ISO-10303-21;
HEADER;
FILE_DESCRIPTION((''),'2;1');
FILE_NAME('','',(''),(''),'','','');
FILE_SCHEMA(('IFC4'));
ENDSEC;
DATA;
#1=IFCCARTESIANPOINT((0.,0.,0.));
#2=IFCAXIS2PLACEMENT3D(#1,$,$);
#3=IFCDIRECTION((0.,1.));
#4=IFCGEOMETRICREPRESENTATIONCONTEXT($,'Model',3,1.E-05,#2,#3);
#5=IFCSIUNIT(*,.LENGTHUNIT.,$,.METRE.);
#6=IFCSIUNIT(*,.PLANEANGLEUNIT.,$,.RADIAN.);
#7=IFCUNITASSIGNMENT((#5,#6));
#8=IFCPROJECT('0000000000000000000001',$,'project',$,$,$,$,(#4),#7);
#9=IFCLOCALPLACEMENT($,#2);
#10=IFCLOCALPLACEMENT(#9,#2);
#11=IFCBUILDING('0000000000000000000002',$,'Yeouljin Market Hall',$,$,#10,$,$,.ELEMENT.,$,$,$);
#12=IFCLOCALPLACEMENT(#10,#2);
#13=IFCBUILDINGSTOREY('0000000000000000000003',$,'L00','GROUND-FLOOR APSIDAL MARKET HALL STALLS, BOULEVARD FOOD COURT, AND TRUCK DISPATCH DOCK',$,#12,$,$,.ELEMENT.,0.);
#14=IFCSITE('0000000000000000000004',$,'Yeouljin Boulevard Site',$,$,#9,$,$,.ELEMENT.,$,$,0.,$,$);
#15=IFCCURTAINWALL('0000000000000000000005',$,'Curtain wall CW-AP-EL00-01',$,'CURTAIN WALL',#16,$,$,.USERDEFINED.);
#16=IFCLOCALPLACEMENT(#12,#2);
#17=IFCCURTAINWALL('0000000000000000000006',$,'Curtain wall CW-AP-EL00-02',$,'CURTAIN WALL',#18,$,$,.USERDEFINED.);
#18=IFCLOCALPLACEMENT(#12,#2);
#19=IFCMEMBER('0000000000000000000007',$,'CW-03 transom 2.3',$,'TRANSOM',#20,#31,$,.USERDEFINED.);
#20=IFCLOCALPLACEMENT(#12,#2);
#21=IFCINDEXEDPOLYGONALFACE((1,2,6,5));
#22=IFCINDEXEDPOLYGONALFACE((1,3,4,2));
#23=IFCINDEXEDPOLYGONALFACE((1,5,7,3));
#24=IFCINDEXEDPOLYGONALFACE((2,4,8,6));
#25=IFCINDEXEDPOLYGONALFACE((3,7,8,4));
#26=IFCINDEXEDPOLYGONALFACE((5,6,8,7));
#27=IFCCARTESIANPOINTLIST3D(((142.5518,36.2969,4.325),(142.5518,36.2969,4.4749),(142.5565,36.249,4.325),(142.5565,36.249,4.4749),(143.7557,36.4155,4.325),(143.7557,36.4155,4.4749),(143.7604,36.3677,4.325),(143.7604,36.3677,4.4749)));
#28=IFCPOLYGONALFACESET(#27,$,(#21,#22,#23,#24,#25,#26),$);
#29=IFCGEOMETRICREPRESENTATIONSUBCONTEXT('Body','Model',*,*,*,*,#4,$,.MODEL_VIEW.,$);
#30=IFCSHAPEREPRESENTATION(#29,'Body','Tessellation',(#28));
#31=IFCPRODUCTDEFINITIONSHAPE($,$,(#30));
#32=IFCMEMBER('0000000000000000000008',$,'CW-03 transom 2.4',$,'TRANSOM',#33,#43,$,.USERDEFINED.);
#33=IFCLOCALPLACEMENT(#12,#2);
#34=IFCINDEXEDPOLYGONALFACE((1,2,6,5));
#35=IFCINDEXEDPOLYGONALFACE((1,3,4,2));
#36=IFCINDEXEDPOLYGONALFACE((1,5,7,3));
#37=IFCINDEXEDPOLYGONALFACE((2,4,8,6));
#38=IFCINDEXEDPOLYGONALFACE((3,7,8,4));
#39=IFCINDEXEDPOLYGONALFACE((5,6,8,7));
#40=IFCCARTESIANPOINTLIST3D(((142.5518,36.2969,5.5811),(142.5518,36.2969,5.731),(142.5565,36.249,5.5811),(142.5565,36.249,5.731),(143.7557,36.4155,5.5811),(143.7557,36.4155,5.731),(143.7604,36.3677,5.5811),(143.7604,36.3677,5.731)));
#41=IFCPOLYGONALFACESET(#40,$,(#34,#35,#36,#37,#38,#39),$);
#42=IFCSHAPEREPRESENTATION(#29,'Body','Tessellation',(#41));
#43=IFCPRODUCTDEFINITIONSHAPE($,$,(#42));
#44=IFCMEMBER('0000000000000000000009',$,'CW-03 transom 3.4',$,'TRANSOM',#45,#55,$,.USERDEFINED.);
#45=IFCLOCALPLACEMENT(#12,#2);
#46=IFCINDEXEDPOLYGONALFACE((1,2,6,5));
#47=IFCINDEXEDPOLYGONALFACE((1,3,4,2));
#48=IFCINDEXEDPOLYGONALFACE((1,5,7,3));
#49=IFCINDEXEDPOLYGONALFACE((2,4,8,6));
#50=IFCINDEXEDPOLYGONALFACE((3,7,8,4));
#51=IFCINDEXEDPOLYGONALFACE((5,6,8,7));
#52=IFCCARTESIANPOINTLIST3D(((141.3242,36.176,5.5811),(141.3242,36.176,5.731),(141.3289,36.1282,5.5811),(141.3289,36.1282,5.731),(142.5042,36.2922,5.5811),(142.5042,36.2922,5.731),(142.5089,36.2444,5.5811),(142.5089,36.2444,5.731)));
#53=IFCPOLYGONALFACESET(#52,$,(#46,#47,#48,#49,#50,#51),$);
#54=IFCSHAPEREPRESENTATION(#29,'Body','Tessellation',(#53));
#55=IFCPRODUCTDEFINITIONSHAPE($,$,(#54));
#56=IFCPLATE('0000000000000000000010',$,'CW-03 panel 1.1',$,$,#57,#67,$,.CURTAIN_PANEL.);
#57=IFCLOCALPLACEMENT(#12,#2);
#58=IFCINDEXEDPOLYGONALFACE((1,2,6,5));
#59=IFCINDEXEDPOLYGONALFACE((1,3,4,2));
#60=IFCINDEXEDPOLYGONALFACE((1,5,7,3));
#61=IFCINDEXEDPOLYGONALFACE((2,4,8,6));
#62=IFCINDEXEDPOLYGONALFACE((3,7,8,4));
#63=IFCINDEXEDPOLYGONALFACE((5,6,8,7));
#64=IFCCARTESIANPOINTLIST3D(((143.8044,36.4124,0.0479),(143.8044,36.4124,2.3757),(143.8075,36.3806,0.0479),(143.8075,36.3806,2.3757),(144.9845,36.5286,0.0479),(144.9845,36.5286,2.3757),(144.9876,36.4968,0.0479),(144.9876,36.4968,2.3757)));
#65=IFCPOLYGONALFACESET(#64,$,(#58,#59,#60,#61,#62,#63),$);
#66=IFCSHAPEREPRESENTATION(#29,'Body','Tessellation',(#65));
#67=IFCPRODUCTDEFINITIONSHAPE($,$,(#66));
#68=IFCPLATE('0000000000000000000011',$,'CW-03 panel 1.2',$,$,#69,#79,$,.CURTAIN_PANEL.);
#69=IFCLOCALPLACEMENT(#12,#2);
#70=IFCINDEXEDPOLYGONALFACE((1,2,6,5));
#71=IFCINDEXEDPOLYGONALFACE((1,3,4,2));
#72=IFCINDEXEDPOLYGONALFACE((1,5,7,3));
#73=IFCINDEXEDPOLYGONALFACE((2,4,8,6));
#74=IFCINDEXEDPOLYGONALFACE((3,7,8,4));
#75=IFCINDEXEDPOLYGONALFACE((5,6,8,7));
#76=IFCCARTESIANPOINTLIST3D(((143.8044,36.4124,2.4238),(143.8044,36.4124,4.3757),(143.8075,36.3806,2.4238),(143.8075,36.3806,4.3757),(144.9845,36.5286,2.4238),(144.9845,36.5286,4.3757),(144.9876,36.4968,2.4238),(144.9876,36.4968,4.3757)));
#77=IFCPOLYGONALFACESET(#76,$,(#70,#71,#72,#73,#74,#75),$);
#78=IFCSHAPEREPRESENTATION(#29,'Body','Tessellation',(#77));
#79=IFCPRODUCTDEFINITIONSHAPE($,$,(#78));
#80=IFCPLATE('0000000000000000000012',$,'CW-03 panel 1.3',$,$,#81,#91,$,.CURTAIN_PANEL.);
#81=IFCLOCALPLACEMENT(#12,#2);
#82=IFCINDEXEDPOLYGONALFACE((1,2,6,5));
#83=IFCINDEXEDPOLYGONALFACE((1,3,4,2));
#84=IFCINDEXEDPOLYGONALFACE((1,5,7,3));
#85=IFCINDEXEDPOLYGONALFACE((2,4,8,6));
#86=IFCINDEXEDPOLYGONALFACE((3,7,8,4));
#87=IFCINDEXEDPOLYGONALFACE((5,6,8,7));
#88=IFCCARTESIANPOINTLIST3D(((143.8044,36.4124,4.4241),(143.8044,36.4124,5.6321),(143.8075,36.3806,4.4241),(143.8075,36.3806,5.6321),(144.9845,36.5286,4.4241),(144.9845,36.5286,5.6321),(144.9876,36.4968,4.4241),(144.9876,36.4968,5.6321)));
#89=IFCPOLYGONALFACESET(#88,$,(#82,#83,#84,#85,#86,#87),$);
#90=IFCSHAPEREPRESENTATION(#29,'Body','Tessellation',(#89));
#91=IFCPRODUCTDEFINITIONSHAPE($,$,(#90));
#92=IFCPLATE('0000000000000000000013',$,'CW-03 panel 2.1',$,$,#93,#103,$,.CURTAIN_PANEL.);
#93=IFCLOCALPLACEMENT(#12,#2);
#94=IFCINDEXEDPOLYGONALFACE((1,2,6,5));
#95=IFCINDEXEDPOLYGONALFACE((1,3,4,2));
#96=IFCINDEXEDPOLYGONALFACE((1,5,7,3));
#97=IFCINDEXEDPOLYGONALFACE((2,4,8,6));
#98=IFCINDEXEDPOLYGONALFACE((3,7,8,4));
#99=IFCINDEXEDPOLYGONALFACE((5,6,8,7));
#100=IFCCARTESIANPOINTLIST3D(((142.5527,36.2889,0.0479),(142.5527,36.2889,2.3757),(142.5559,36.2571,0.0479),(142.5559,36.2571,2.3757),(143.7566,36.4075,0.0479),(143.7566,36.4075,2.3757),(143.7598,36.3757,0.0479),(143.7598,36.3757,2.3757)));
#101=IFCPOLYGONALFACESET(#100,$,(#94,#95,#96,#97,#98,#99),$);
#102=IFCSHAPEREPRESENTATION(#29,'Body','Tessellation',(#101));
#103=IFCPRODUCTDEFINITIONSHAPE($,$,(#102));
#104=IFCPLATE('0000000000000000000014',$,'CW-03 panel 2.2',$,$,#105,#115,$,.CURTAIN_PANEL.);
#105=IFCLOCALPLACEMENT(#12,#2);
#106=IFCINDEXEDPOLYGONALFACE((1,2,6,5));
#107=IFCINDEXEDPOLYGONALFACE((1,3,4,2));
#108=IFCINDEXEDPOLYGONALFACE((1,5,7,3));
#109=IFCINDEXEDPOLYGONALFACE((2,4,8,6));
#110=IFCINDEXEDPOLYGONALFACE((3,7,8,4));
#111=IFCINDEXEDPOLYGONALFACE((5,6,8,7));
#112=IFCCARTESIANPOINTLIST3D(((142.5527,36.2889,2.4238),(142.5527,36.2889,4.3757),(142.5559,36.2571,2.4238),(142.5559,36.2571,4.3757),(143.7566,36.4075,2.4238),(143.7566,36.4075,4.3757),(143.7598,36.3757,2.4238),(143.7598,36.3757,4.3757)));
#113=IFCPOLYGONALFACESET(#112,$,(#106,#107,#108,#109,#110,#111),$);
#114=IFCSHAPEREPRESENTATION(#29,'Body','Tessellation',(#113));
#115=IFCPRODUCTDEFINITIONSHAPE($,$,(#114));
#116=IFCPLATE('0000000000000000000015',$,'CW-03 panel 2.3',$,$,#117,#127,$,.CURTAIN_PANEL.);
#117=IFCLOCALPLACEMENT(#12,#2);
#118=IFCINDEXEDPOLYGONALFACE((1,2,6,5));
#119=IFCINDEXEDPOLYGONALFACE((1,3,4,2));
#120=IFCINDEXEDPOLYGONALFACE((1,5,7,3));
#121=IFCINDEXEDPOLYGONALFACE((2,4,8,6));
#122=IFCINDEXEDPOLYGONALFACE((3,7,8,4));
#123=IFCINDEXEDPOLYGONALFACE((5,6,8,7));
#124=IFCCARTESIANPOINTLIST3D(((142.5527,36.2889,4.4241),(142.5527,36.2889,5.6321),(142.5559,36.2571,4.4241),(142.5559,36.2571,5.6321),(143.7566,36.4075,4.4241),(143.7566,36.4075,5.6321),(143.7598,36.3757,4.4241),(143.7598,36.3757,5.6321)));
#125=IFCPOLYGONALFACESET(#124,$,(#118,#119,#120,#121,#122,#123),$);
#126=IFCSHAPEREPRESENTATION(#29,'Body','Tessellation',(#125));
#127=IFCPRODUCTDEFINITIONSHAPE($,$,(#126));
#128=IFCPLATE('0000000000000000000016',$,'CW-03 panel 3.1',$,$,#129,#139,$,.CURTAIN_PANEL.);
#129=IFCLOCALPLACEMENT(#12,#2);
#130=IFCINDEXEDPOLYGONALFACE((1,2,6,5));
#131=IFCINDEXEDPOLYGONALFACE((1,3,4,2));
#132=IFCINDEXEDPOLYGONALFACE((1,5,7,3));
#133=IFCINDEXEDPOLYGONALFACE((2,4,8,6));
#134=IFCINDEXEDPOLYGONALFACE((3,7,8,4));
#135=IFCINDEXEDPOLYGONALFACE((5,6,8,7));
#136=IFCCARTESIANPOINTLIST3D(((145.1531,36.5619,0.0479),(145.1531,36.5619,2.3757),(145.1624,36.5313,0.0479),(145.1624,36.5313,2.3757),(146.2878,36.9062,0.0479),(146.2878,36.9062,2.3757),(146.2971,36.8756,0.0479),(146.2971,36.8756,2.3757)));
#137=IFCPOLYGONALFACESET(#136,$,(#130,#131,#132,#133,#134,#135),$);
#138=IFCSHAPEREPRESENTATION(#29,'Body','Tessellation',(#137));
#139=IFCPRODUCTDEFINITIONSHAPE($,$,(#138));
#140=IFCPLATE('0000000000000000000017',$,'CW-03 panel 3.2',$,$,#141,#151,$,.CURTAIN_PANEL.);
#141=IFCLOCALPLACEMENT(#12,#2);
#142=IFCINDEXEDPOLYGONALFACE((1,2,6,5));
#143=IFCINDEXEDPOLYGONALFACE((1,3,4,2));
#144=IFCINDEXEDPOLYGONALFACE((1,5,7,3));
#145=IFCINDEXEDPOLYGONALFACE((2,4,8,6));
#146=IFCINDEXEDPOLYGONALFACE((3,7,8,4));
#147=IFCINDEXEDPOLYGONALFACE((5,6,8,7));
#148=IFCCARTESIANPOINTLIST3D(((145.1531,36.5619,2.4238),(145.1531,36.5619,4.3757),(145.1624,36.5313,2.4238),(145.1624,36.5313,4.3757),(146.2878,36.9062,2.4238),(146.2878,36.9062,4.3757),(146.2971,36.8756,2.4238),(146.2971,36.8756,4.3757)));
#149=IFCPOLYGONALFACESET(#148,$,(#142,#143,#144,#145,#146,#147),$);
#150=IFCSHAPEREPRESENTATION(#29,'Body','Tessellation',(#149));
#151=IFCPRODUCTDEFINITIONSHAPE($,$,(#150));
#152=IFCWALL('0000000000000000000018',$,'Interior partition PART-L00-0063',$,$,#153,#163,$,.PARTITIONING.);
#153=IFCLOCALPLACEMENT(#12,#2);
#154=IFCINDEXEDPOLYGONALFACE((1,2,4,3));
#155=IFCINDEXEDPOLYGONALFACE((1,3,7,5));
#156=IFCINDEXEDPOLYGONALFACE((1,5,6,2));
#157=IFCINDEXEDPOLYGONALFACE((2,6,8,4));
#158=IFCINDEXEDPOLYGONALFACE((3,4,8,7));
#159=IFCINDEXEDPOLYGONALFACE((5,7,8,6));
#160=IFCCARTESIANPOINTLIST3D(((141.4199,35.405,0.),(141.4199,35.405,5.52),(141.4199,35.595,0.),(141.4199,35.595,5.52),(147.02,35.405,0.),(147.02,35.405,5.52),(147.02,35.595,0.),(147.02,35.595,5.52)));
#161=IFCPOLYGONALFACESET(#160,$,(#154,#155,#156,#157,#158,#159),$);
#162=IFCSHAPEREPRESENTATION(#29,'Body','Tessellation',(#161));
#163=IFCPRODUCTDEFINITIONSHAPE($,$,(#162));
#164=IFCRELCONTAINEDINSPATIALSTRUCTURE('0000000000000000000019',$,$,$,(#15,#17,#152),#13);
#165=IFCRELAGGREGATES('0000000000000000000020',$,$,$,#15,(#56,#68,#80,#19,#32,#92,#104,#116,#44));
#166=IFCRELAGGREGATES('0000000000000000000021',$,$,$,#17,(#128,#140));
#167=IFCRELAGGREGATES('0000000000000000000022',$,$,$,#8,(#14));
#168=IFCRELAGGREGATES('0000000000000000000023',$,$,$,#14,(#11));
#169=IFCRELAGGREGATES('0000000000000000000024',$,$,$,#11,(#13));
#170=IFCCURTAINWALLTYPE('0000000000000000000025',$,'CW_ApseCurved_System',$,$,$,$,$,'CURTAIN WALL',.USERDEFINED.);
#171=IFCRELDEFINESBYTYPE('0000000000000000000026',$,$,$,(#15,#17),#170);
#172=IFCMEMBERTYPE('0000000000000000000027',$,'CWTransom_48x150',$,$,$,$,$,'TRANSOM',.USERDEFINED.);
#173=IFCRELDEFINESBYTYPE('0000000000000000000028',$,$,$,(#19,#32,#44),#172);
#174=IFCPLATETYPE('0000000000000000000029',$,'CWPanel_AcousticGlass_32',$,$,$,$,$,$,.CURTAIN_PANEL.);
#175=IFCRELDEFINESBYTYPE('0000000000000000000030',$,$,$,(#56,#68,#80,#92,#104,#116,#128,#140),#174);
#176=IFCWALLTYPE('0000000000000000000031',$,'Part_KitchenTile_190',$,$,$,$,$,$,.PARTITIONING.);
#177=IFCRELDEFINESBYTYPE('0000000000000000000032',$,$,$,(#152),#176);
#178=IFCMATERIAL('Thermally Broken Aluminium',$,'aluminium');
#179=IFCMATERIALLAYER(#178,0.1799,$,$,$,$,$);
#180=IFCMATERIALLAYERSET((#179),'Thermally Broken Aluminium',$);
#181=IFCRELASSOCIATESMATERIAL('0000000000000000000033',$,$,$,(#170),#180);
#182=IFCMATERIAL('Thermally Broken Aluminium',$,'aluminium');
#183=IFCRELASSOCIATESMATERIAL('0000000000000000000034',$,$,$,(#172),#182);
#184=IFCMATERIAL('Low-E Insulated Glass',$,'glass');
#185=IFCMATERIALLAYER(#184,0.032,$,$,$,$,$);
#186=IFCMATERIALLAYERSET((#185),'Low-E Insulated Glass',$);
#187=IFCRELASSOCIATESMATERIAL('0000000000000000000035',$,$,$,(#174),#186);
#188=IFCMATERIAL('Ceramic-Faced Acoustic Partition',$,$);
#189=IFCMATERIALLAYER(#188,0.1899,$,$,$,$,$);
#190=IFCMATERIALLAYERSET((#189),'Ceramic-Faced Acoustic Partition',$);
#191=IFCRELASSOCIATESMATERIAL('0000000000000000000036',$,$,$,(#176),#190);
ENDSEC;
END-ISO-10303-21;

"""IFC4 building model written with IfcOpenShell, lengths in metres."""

from ifc_helpers import new_model, si_unit, direction, frame, frame_2d, origin, origin_2d, place, context, subcontext, project, spatial, rectangle, extrude, material, layer, layer_set, material_profile, profile_set, type_object, element, aggregate, save


model = new_model("IFC4")

# Units and contexts
model_context = context("Model", 3, precision=1e-05, world=origin(), true_north=direction((0.0, 1.0)))
body_context = subcontext(model_context, "Body", "Model", "MODEL_VIEW")
ifc_project = project(units=[si_unit("LENGTHUNIT", "METRE"), si_unit("PLANEANGLEUNIT", "RADIAN")], contexts=[model_context])

# Site, building, storey
site_placement = place(None, origin())
site = spatial("IfcSite", under=ifc_project, at=site_placement, Name="Yeouljin Boulevard Site", CompositionType="ELEMENT", RefElevation=0.0)
building_placement = place(site_placement, origin())
building = spatial("IfcBuilding", under=site, at=building_placement, Name="Yeouljin Market Hall", CompositionType="ELEMENT")
storey_placement = place(building_placement, origin())
storey = spatial("IfcBuildingStorey", under=building, at=storey_placement, Name="L00", Description="GROUND-FLOOR APSIDAL MARKET HALL STALLS, BOULEVARD FOOD COURT, AND TRUCK DISPATCH DOCK", CompositionType="ELEMENT", Elevation=0.0)

# Curtain wall
ifc_material_1 = material(Name="Thermally Broken Aluminium", Category="aluminium")
ifc_layer_1 = layer(ifc_material_1, 0.1799)
ifc_layer_set_1 = layer_set([ifc_layer_1], Name="Thermally Broken Aluminium")
curtain_wall_type = type_object("IfcCurtainWallType", Name="CW_ApseCurved_System", ElementType="CURTAIN WALL", PredefinedType="USERDEFINED", material=ifc_layer_set_1)
curtain_wall_1_placement = place(storey_placement, origin())
curtain_wall_1 = element("IfcCurtainWall", 1, at=curtain_wall_1_placement, inside=storey, type_object=curtain_wall_type, Name="Curtain wall CW-AP-EL00-01", ObjectType="CURTAIN WALL", PredefinedType="USERDEFINED")

# Curtain wall
curtain_wall_2_placement = place(storey_placement, origin())
curtain_wall_2 = element("IfcCurtainWall", 2, at=curtain_wall_2_placement, inside=storey, type_object=curtain_wall_type, Name="Curtain wall CW-AP-EL00-02", ObjectType="CURTAIN WALL", PredefinedType="USERDEFINED")

# Members
ifc_material_2 = material(Name="Thermally Broken Aluminium", Category="aluminium")
ifc_material_profile_1 = material_profile(ifc_material_2, rectangle(XDim=0.0481, YDim=0.1499, at=origin_2d()), Name="CW-TRAN-48x150")
ifc_profile_set_1 = profile_set([ifc_material_profile_1], Name="Thermally Broken Aluminium")
member_type_1 = type_object("IfcMemberType", Name="CWTransom_48x150", ElementType="TRANSOM", PredefinedType="USERDEFINED", material=ifc_profile_set_1)
member_1_placement = place(storey_placement, frame((143.7581, 36.3916, 4.3999), z_axis=(-0.995178, -0.098085, 0.0), x_axis=(0.098085, -0.995178, 0.0)))
member_1 = element("IfcMember", 3, at=member_1_placement, type_object=member_type_1, Name="CW-03 transom 2.3", ObjectType="TRANSOM", PredefinedType="USERDEFINED", context=body_context, shape_type="SweptSolid", body=[
    extrude(rectangle(XDim=0.0481, YDim=0.1499, at=origin_2d()), origin(), (0.0, 0.0, 1.0), 1.2097),
])
member_2_placement = place(storey_placement, frame((143.7581, 36.3916, 5.656), z_axis=(-0.995178, -0.098085, 0.0), x_axis=(0.098085, -0.995178, 0.0)))
member_2 = element("IfcMember", 4, at=member_2_placement, type_object=member_type_1, Name="CW-03 transom 2.4", ObjectType="TRANSOM", PredefinedType="USERDEFINED", context=body_context, shape_type="SweptSolid", body=[
    extrude(rectangle(XDim=0.0481, YDim=0.1499, at=origin_2d()), origin(), (0.0, 0.0, 1.0), 1.2097),
])
member_3_placement = place(storey_placement, frame((142.5066, 36.2683, 5.656), z_axis=(-0.995187, -0.097995, 0.0), x_axis=(0.097995, -0.995187, 0.0)))
member_3 = element("IfcMember", 5, at=member_3_placement, type_object=member_type_1, Name="CW-03 transom 3.4", ObjectType="TRANSOM", PredefinedType="USERDEFINED", context=body_context, shape_type="SweptSolid", body=[
    extrude(rectangle(XDim=0.0481, YDim=0.1499, at=origin_2d()), origin(), (0.0, 0.0, 1.0), 1.1858),
])

# Plates
ifc_material_3 = material(Name="Low-E Insulated Glass", Category="glass")
ifc_layer_2 = layer(ifc_material_3, 0.032)
ifc_layer_set_2 = layer_set([ifc_layer_2], Name="Low-E Insulated Glass")
plate_type = type_object("IfcPlateType", Name="CWPanel_AcousticGlass_32", PredefinedType="CURTAIN_PANEL", material=ifc_layer_set_2)
plate_1_placement = place(storey_placement, frame((144.396, 36.4546, 0.0479), z_axis=(0.0, 0.0, 1.0), x_axis=(-0.995183, -0.098034, 0.0)))
plate_1 = element("IfcPlate", 6, at=plate_1_placement, type_object=plate_type, Name="CW-03 panel 1.1", PredefinedType="CURTAIN_PANEL", context=body_context, shape_type="SweptSolid", body=[
    extrude(rectangle(XDim=1.1858, YDim=0.032, at=origin_2d()), origin(), (0.0, 0.0, 1.0), 2.3279),
])
plate_2_placement = place(storey_placement, frame((144.396, 36.4546, 2.4238), z_axis=(0.0, 0.0, 1.0), x_axis=(-0.995183, -0.098034, 0.0)))
plate_2 = element("IfcPlate", 7, at=plate_2_placement, type_object=plate_type, Name="CW-03 panel 1.2", PredefinedType="CURTAIN_PANEL", context=body_context, shape_type="SweptSolid", body=[
    extrude(rectangle(XDim=1.1858, YDim=0.032, at=origin_2d()), origin(), (0.0, 0.0, 1.0), 1.9519),
])
plate_3_placement = place(storey_placement, frame((144.396, 36.4546, 4.4241), z_axis=(0.0, 0.0, 1.0), x_axis=(-0.995183, -0.098034, 0.0)))
plate_3 = element("IfcPlate", 8, at=plate_3_placement, type_object=plate_type, Name="CW-03 panel 1.3", PredefinedType="CURTAIN_PANEL", context=body_context, shape_type="SweptSolid", body=[
    extrude(rectangle(XDim=1.1858, YDim=0.032, at=origin_2d()), origin(), (0.0, 0.0, 1.0), 1.208),
])
plate_4_placement = place(storey_placement, frame((143.1562, 36.3323, 0.0479), z_axis=(0.0, 0.0, 1.0), x_axis=(-0.995183, -0.098034, 0.0)))
plate_4 = element("IfcPlate", 9, at=plate_4_placement, type_object=plate_type, Name="CW-03 panel 2.1", PredefinedType="CURTAIN_PANEL", context=body_context, shape_type="SweptSolid", body=[
    extrude(rectangle(XDim=1.2097, YDim=0.032, at=origin_2d()), origin(), (0.0, 0.0, 1.0), 2.3279),
])
plate_5_placement = place(storey_placement, frame((143.1562, 36.3323, 2.4238), z_axis=(0.0, 0.0, 1.0), x_axis=(-0.995183, -0.098034, 0.0)))
plate_5 = element("IfcPlate", 10, at=plate_5_placement, type_object=plate_type, Name="CW-03 panel 2.2", PredefinedType="CURTAIN_PANEL", context=body_context, shape_type="SweptSolid", body=[
    extrude(rectangle(XDim=1.2097, YDim=0.032, at=origin_2d()), origin(), (0.0, 0.0, 1.0), 1.9519),
])
plate_6_placement = place(storey_placement, frame((143.1562, 36.3323, 4.4241), z_axis=(0.0, 0.0, 1.0), x_axis=(-0.995183, -0.098034, 0.0)))
plate_6 = element("IfcPlate", 11, at=plate_6_placement, type_object=plate_type, Name="CW-03 panel 2.3", PredefinedType="CURTAIN_PANEL", context=body_context, shape_type="SweptSolid", body=[
    extrude(rectangle(XDim=1.2097, YDim=0.032, at=origin_2d()), origin(), (0.0, 0.0, 1.0), 1.208),
])
aggregate(curtain_wall_1, [plate_1, plate_2, plate_3, member_1, member_2, plate_4, plate_5, plate_6, member_3])
plate_7_placement = place(storey_placement, frame((145.7251, 36.7188, 0.0479), z_axis=(0.0, 0.0, 1.0), x_axis=(-0.95694, -0.290286, 0.0)))
plate_7 = element("IfcPlate", 12, at=plate_7_placement, type_object=plate_type, Name="CW-03 panel 3.1", PredefinedType="CURTAIN_PANEL", context=body_context, shape_type="SweptSolid", body=[
    extrude(rectangle(XDim=1.1858, YDim=0.032, at=origin_2d()), origin(), (0.0, 0.0, 1.0), 2.3279),
])
plate_8_placement = place(storey_placement, frame((145.7251, 36.7188, 2.4238), z_axis=(0.0, 0.0, 1.0), x_axis=(-0.95694, -0.290286, 0.0)))
plate_8 = element("IfcPlate", 13, at=plate_8_placement, type_object=plate_type, Name="CW-03 panel 3.2", PredefinedType="CURTAIN_PANEL", context=body_context, shape_type="SweptSolid", body=[
    extrude(rectangle(XDim=1.1858, YDim=0.032, at=origin_2d()), origin(), (0.0, 0.0, 1.0), 1.9519),
])
aggregate(curtain_wall_2, [plate_7, plate_8])

# Wall
ifc_material_4 = material(Name="Ceramic-Faced Acoustic Partition")
ifc_layer_3 = layer(ifc_material_4, 0.1899)
ifc_layer_set_3 = layer_set([ifc_layer_3], Name="Ceramic-Faced Acoustic Partition")
wall_type_1 = type_object("IfcWallType", Name="Part_KitchenTile_190", PredefinedType="PARTITIONING", material=ifc_layer_set_3)
wall_1_placement = place(storey_placement, frame((147.02, 35.5, 0.0), z_axis=(0.0, 0.0, 1.0), x_axis=(-1.0, 0.0, 0.0)))
element("IfcWall", 14, at=wall_1_placement, inside=storey, type_object=wall_type_1, Name="Interior partition PART-L00-0063", PredefinedType="PARTITIONING", context=body_context, shape_type="SweptSolid", body=[
    extrude(rectangle(XDim=5.6001, YDim=0.1899, at=frame_2d((2.8, 0.0))), origin(), (0.0, 0.0, 1.0), 5.52),
])

save(model, "model.ifc")
